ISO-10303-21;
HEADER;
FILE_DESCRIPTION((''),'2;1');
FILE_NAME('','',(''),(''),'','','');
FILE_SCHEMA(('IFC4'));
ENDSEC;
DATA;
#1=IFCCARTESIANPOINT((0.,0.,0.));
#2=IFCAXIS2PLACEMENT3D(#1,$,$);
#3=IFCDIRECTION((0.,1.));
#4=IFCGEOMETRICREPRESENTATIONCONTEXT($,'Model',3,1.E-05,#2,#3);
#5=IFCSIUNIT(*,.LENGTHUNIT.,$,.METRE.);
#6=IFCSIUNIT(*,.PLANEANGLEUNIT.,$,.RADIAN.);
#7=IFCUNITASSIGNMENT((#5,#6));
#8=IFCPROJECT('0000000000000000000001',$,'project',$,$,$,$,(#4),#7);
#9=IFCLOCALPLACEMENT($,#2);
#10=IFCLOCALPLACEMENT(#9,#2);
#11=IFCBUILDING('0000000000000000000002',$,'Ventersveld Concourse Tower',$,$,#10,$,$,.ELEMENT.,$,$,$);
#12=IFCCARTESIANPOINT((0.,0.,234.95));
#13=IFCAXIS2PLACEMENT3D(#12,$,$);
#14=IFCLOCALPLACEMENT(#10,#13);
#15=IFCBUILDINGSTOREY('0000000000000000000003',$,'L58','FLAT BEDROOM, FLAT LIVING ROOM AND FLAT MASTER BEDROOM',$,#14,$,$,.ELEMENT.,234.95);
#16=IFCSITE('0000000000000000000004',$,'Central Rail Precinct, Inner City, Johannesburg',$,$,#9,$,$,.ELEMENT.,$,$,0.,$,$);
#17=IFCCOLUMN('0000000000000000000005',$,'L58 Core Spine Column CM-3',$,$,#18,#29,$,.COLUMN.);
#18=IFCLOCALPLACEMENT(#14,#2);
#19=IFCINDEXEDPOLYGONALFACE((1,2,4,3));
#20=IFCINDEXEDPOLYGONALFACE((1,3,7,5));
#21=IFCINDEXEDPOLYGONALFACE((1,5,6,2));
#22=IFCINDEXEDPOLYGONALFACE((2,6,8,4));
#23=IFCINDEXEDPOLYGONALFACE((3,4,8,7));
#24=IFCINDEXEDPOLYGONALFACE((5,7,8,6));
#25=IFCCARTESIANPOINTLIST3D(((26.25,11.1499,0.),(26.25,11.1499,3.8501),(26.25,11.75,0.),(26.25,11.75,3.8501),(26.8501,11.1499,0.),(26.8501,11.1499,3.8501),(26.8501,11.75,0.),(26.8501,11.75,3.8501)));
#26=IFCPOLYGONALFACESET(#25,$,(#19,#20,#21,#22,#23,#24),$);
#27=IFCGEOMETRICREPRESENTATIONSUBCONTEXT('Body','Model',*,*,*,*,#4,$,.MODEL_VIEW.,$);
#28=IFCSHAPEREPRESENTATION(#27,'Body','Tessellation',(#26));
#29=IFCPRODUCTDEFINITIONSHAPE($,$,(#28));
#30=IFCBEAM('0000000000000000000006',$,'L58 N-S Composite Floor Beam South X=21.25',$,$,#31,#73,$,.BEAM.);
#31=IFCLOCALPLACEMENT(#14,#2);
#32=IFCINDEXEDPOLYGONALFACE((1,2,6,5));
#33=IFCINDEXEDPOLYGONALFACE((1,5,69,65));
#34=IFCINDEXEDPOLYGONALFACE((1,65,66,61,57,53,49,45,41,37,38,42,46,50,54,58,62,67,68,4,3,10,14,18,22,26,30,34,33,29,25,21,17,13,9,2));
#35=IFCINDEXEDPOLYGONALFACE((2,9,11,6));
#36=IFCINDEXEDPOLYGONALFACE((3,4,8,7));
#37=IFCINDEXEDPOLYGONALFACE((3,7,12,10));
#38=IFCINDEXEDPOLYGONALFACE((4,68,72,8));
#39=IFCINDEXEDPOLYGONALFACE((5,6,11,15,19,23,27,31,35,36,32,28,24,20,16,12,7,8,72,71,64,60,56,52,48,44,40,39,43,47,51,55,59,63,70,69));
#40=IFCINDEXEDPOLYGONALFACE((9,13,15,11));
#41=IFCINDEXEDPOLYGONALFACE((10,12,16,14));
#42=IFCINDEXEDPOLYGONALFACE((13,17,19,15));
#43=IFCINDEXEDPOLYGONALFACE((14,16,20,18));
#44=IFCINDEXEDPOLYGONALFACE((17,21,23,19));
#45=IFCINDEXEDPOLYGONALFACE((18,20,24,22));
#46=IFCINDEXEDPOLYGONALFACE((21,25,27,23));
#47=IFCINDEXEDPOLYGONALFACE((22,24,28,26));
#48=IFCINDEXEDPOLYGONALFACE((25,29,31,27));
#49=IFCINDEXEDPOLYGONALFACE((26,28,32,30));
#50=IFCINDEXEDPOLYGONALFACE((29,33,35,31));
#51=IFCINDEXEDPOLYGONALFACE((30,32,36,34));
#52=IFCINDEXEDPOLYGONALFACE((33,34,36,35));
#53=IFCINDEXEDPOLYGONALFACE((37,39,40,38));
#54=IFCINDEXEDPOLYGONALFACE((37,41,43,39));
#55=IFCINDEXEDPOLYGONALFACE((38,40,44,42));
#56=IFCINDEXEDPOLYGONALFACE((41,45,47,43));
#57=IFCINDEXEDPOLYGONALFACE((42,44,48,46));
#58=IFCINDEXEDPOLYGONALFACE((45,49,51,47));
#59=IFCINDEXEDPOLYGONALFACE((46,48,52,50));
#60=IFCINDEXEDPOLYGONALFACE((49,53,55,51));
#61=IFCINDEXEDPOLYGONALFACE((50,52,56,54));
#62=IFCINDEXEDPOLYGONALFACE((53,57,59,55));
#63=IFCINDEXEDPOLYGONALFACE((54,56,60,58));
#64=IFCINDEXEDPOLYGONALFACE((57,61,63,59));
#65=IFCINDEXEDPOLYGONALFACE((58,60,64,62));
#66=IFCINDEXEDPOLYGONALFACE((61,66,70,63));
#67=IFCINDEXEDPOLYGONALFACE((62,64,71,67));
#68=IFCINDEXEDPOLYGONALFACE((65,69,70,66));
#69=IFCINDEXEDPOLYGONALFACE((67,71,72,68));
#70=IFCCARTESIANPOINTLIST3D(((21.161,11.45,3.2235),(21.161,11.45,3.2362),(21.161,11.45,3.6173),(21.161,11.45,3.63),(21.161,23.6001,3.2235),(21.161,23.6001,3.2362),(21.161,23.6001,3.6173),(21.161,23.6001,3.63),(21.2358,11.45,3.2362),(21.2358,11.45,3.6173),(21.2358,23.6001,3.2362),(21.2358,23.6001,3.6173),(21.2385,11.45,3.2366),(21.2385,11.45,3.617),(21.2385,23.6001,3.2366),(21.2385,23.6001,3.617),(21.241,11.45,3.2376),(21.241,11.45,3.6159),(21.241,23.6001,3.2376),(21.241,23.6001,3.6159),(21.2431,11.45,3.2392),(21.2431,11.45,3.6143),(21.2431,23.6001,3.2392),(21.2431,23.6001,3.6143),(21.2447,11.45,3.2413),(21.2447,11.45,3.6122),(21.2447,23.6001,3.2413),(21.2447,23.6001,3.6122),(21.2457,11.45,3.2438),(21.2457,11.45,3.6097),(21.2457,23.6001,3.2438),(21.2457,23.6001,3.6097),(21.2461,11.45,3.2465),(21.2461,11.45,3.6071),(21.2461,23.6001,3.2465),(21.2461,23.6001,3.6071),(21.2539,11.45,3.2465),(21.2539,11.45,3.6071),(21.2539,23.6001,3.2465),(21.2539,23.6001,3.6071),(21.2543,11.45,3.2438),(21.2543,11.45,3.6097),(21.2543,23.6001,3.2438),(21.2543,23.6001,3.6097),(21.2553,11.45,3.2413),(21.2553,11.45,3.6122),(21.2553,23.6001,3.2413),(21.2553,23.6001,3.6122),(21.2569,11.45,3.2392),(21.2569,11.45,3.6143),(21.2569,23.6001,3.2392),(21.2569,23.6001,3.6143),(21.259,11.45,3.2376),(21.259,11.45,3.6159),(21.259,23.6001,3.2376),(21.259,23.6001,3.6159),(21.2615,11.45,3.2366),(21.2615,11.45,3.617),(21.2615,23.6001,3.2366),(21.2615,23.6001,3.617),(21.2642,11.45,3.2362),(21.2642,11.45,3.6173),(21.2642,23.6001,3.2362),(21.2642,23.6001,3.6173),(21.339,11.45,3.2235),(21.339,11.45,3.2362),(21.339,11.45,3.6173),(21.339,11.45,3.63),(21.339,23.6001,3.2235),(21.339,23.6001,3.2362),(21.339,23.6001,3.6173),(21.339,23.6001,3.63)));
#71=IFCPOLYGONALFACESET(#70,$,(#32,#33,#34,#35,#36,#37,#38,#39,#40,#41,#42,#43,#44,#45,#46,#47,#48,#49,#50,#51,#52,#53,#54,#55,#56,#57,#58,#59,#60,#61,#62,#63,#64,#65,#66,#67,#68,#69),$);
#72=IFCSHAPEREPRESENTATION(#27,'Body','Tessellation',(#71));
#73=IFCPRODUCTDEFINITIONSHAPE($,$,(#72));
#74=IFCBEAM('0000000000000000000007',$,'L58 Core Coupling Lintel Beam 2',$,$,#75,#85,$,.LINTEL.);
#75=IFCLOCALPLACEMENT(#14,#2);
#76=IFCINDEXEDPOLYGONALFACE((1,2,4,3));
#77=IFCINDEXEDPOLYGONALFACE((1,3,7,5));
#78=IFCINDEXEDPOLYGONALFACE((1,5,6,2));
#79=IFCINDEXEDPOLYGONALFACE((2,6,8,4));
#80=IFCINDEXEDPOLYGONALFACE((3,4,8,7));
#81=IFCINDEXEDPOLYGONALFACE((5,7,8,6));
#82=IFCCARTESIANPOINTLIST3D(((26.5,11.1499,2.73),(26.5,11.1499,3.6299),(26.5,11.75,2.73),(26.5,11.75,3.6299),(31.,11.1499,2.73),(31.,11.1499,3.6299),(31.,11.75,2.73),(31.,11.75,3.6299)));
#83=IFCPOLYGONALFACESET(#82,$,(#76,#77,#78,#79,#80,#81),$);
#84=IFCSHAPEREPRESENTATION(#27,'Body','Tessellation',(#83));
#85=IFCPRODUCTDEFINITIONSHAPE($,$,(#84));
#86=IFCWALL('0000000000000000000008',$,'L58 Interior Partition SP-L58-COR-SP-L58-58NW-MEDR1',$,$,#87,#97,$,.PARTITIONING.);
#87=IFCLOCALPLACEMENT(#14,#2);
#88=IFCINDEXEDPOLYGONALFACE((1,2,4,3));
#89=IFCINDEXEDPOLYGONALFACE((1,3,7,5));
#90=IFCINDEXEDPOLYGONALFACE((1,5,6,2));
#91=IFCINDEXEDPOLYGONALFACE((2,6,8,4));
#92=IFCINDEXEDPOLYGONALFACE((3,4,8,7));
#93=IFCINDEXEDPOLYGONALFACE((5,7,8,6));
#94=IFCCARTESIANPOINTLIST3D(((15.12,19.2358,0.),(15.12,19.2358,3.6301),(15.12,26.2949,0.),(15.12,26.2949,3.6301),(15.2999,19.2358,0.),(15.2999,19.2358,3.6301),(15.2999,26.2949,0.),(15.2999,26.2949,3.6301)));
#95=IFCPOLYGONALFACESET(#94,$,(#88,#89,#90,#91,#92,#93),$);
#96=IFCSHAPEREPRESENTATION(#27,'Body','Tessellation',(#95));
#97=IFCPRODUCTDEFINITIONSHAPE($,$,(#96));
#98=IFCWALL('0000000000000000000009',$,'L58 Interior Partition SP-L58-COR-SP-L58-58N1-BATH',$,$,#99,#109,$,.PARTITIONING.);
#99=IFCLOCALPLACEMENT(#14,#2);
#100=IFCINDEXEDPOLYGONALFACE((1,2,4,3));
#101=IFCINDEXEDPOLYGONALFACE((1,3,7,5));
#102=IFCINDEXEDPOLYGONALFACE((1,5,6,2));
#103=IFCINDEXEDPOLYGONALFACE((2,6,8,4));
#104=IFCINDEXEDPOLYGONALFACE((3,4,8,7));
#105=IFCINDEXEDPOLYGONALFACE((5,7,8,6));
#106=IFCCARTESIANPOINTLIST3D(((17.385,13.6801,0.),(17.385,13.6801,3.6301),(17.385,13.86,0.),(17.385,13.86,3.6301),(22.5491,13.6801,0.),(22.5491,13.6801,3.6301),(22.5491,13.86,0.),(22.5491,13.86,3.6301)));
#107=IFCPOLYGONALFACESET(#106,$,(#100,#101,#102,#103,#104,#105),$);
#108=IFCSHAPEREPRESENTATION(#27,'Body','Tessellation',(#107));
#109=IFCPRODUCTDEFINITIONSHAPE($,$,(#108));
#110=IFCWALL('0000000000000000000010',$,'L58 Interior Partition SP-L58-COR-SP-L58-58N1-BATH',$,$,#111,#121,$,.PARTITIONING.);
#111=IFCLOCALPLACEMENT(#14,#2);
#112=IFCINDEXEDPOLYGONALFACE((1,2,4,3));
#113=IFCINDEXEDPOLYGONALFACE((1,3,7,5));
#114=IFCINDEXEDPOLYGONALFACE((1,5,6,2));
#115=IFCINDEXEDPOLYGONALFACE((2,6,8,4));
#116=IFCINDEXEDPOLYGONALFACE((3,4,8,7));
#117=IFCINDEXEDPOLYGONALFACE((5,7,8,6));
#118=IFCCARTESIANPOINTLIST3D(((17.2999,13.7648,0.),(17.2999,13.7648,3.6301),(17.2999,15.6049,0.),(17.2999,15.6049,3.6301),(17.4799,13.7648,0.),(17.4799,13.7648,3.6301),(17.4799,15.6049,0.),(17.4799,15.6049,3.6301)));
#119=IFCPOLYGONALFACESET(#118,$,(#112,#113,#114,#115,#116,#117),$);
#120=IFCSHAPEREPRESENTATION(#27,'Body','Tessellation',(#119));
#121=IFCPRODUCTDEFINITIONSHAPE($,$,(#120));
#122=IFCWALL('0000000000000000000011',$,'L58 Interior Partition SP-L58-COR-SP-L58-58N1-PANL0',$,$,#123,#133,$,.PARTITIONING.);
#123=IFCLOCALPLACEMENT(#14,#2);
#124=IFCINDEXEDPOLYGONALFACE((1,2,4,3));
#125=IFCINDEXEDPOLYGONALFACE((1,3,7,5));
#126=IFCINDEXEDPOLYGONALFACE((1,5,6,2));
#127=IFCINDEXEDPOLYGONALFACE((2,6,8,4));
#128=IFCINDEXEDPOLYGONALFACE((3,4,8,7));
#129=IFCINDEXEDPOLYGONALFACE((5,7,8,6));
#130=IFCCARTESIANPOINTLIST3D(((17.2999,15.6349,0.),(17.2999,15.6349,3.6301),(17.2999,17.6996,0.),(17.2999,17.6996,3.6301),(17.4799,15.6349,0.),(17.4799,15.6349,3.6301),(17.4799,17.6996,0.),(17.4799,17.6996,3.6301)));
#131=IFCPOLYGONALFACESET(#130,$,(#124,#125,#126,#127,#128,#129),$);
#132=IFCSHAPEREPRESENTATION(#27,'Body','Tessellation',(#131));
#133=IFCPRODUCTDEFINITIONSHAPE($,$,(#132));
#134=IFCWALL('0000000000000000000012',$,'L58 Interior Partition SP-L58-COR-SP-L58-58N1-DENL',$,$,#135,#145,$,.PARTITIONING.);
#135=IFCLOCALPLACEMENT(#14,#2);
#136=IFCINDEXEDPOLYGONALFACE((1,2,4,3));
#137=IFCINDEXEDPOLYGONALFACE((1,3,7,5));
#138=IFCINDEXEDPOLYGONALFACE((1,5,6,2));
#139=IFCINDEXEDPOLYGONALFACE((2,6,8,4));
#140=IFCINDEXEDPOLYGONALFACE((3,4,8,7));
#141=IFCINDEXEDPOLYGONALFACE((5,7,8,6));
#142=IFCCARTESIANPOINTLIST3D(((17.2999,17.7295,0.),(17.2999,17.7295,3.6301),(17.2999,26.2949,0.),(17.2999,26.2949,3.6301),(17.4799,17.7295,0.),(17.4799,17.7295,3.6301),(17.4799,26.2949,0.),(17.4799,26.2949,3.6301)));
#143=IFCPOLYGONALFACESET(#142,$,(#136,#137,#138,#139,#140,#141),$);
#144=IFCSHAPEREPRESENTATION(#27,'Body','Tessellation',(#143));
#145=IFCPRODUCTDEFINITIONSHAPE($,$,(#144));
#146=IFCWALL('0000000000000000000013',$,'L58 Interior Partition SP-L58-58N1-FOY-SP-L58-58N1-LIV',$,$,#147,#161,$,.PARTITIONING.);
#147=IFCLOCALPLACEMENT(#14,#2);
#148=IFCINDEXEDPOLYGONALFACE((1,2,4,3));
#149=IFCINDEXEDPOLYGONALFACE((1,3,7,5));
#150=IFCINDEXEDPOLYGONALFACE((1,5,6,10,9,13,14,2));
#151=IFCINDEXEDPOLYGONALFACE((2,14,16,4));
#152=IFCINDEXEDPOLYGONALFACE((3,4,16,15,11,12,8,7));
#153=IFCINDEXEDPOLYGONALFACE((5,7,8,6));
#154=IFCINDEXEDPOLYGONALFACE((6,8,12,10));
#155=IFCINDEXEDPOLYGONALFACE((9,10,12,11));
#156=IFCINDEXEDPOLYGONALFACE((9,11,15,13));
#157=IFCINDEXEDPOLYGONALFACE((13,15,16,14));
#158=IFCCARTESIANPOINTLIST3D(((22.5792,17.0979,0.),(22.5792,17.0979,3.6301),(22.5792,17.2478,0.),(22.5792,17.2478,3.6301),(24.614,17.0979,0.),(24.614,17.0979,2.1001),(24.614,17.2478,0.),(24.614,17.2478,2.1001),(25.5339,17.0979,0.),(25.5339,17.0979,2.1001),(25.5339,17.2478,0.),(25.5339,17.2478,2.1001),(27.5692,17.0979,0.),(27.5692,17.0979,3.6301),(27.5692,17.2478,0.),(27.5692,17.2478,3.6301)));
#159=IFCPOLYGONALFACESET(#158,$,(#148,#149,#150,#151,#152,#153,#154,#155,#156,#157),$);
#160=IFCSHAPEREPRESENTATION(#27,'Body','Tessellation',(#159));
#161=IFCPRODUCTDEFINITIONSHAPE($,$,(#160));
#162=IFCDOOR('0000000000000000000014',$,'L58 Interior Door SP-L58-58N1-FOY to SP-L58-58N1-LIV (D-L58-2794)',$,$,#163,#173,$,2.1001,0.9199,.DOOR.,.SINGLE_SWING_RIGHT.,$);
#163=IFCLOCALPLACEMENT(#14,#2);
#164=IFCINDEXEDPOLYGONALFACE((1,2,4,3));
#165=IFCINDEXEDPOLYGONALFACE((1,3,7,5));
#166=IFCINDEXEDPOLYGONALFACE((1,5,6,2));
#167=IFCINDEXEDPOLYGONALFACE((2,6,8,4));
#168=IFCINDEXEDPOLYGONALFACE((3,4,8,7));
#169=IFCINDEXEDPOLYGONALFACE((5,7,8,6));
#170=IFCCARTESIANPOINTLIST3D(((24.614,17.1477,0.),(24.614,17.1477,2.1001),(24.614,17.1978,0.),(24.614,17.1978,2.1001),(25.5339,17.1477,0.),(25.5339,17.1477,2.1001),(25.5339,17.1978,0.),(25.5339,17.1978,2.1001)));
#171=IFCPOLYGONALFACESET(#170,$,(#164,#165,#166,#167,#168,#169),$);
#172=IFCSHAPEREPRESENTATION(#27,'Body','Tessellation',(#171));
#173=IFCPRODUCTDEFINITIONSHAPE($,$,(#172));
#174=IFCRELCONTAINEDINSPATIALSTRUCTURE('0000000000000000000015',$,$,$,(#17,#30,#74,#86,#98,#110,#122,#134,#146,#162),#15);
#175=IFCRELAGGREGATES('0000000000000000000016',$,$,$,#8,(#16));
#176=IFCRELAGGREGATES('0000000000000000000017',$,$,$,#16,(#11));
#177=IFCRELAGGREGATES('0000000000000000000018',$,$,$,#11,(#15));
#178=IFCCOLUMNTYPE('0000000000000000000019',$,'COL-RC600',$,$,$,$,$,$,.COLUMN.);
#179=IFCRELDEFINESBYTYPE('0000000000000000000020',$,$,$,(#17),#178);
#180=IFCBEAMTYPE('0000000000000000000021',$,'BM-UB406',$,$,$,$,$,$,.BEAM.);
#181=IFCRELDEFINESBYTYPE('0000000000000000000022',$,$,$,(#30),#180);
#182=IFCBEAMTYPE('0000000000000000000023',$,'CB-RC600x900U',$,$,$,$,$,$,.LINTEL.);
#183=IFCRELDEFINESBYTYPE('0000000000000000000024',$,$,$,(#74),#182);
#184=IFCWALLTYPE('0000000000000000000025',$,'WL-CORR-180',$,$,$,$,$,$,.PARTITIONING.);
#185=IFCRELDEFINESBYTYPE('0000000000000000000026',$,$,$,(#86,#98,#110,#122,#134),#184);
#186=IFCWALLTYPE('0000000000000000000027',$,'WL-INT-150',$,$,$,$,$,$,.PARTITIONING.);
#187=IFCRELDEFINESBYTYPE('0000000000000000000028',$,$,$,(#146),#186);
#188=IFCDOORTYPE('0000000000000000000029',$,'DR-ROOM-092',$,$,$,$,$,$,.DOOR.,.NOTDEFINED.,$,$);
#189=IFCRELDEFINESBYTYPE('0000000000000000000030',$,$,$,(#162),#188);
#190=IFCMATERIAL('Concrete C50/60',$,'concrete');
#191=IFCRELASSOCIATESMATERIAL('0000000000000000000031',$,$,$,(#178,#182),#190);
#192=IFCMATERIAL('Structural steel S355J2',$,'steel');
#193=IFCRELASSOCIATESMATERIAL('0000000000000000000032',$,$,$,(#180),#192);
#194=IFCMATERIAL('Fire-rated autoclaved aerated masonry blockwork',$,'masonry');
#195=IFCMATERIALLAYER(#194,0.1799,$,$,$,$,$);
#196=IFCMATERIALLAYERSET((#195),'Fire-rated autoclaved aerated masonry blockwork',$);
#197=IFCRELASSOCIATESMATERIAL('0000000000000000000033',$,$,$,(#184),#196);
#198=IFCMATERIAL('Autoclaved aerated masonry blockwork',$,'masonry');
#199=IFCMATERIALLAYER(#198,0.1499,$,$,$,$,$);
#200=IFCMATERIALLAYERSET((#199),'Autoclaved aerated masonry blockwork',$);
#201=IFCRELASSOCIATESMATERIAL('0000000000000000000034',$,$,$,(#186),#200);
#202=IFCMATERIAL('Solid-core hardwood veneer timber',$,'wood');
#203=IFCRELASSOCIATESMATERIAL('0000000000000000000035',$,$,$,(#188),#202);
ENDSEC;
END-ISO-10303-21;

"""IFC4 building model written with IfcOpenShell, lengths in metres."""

from ifc_helpers import new_model, si_unit, direction, frame, frame_2d, origin, origin_2d, place, context, subcontext, project, spatial, rectangle, i_section, extrude, material, layer, layer_set, material_profile, profile_set, type_object, element, fill, save


model = new_model("IFC4")

# Units and contexts
model_context = context("Model", 3, precision=1e-05, world=origin(), true_north=direction((0.0, 1.0)))
body_context = subcontext(model_context, "Body", "Model", "MODEL_VIEW")
ifc_project = project(units=[si_unit("LENGTHUNIT", "METRE"), si_unit("PLANEANGLEUNIT", "RADIAN")], contexts=[model_context])

# Site, building, storey
site_placement = place(None, origin())
site = spatial("IfcSite", under=ifc_project, at=site_placement, Name="Central Rail Precinct, Inner City, Johannesburg", CompositionType="ELEMENT", RefElevation=0.0)
building_placement = place(site_placement, origin())
building = spatial("IfcBuilding", under=site, at=building_placement, Name="Ventersveld Concourse Tower", CompositionType="ELEMENT")
storey_placement = place(building_placement, frame((0.0, 0.0, 234.95)))
storey = spatial("IfcBuildingStorey", under=building, at=storey_placement, Name="L58", Description="FLAT BEDROOM, FLAT LIVING ROOM AND FLAT MASTER BEDROOM", CompositionType="ELEMENT", Elevation=234.95)

# Column
ifc_material_1 = material(Name="Concrete C50/60", Category="concrete")
ifc_material_profile_1 = material_profile(ifc_material_1, rectangle(XDim=0.6001, YDim=0.6001, at=origin_2d()), Name="RC 600x600")
ifc_profile_set_1 = profile_set([ifc_material_profile_1], Name="Concrete C50/60")
column_type = type_object("IfcColumnType", Name="COL-RC600", PredefinedType="COLUMN", material=ifc_profile_set_1)
column_placement = place(storey_placement, frame((26.55, 11.45, 0.0), z_axis=(0.0, 0.0, 1.0), x_axis=(1.0, 0.0, 0.0)))
element("IfcColumn", 1, at=column_placement, inside=storey, type_object=column_type, Name="L58 Core Spine Column CM-3", PredefinedType="COLUMN", context=body_context, shape_type="SweptSolid", body=[
    extrude(rectangle(XDim=0.6001, YDim=0.6001, at=origin_2d()), origin(), (0.0, 0.0, 1.0), 3.8501),
])

# Beams
ifc_material_2 = material(Name="Structural steel S355J2", Category="steel")
ifc_material_profile_2 = material_profile(ifc_material_2, i_section(OverallWidth=0.178, OverallDepth=0.4065, WebThickness=0.0078, FlangeThickness=0.0127, FilletRadius=0.0103, at=origin_2d()), Name="UB 406x178x60")
ifc_profile_set_2 = profile_set([ifc_material_profile_2], Name="Structural steel S355J2")
beam_type_1 = type_object("IfcBeamType", Name="BM-UB406", PredefinedType="BEAM", material=ifc_profile_set_2)
beam_1_placement = place(storey_placement, frame((21.25, 11.45, 3.4268), z_axis=(0.0, 1.0, 0.0), x_axis=(-1.0, 0.0, 0.0)))
element("IfcBeam", 2, at=beam_1_placement, inside=storey, type_object=beam_type_1, Name="L58 N-S Composite Floor Beam South X=21.25", PredefinedType="BEAM", context=body_context, shape_type="SweptSolid", body=[
    extrude(i_section(OverallWidth=0.178, OverallDepth=0.4065, WebThickness=0.0078, FlangeThickness=0.0127, FilletRadius=0.0103, at=origin_2d()), origin(), (0.0, 0.0, 1.0), 12.1501),
])
ifc_material_profile_3 = material_profile(ifc_material_1, rectangle(XDim=0.6001, YDim=0.8999, at=origin_2d()), Name="RC 600x900")
ifc_profile_set_3 = profile_set([ifc_material_profile_3], Name="Concrete C50/60")
beam_type_2 = type_object("IfcBeamType", Name="CB-RC600x900U", PredefinedType="LINTEL", material=ifc_profile_set_3)
beam_2_placement = place(storey_placement, frame((26.5, 11.45, 3.1799), z_axis=(1.0, 0.0, 0.0), x_axis=(0.0, 1.0, 0.0)))
element("IfcBeam", 3, at=beam_2_placement, inside=storey, type_object=beam_type_2, Name="L58 Core Coupling Lintel Beam 2", PredefinedType="LINTEL", context=body_context, shape_type="SweptSolid", body=[
    extrude(rectangle(XDim=0.6001, YDim=0.8999, at=origin_2d()), origin(), (0.0, 0.0, 1.0), 4.5),
])

# Wall
ifc_material_3 = material(Name="Fire-rated autoclaved aerated masonry blockwork", Category="masonry")
ifc_layer_1 = layer(ifc_material_3, 0.1799)
ifc_layer_set_1 = layer_set([ifc_layer_1], Name="Fire-rated autoclaved aerated masonry blockwork")
wall_type_1 = type_object("IfcWallType", Name="WL-CORR-180", PredefinedType="PARTITIONING", material=ifc_layer_set_1)
wall_1_placement = place(storey_placement, frame((15.21, 19.2358, 0.0), z_axis=(0.0, 0.0, 1.0), x_axis=(0.0, 1.0, 0.0)))
element("IfcWall", 4, at=wall_1_placement, inside=storey, type_object=wall_type_1, Name="L58 Interior Partition SP-L58-COR-SP-L58-58NW-MEDR1", PredefinedType="PARTITIONING", context=body_context, shape_type="SweptSolid", body=[
    extrude(rectangle(XDim=7.0591, YDim=0.1799, at=frame_2d((3.5295, 0.0))), origin(), (0.0, 0.0, 1.0), 3.6301),
])

# Shared definitions
ifc_material_4 = material(Name="Solid-core hardwood veneer timber", Category="wood")

# Walls
wall_2_placement = place(storey_placement, frame((17.385, 13.77, 0.0), z_axis=(0.0, 0.0, 1.0), x_axis=(1.0, 0.0, 0.0)))
element("IfcWall", 5, at=wall_2_placement, inside=storey, type_object=wall_type_1, Name="L58 Interior Partition SP-L58-COR-SP-L58-58N1-BATH", PredefinedType="PARTITIONING", context=body_context, shape_type="SweptSolid", body=[
    extrude(rectangle(XDim=5.1641, YDim=0.1799, at=frame_2d((2.582, 0.0))), origin(), (0.0, 0.0, 1.0), 3.6301),
])
wall_3_placement = place(storey_placement, frame((17.3899, 13.7649, 0.0), z_axis=(0.0, 0.0, 1.0), x_axis=(0.0, 1.0, 0.0)))
element("IfcWall", 6, at=wall_3_placement, inside=storey, type_object=wall_type_1, Name="L58 Interior Partition SP-L58-COR-SP-L58-58N1-BATH", PredefinedType="PARTITIONING", context=body_context, shape_type="SweptSolid", body=[
    extrude(rectangle(XDim=1.8401, YDim=0.1799, at=frame_2d((0.9199, 0.0))), origin(), (0.0, 0.0, 1.0), 3.6301),
])
wall_4_placement = place(storey_placement, frame((17.3899, 15.635, 0.0), z_axis=(0.0, 0.0, 1.0), x_axis=(0.0, 1.0, 0.0)))
element("IfcWall", 7, at=wall_4_placement, inside=storey, type_object=wall_type_1, Name="L58 Interior Partition SP-L58-COR-SP-L58-58N1-PANL0", PredefinedType="PARTITIONING", context=body_context, shape_type="SweptSolid", body=[
    extrude(rectangle(XDim=2.0647, YDim=0.1799, at=frame_2d((1.0322, 0.0))), origin(), (0.0, 0.0, 1.0), 3.6301),
])
wall_5_placement = place(storey_placement, frame((17.3899, 17.7295, 0.0), z_axis=(0.0, 0.0, 1.0), x_axis=(0.0, 1.0, 0.0)))
element("IfcWall", 8, at=wall_5_placement, inside=storey, type_object=wall_type_1, Name="L58 Interior Partition SP-L58-COR-SP-L58-58N1-DENL", PredefinedType="PARTITIONING", context=body_context, shape_type="SweptSolid", body=[
    extrude(rectangle(XDim=8.5654, YDim=0.1799, at=frame_2d((4.2827, 0.0))), origin(), (0.0, 0.0, 1.0), 3.6301),
])

# Wall, opening, door
ifc_material_5 = material(Name="Autoclaved aerated masonry blockwork", Category="masonry")
ifc_layer_2 = layer(ifc_material_5, 0.1499)
ifc_layer_set_2 = layer_set([ifc_layer_2], Name="Autoclaved aerated masonry blockwork")
wall_type_2 = type_object("IfcWallType", Name="WL-INT-150", PredefinedType="PARTITIONING", material=ifc_layer_set_2)
wall_6_placement = place(storey_placement, frame((22.5791, 17.1729, 0.0), z_axis=(0.0, 0.0, 1.0), x_axis=(1.0, 0.0, 0.0)))
wall_6 = element("IfcWall", 9, at=wall_6_placement, inside=storey, type_object=wall_type_2, Name="L58 Interior Partition SP-L58-58N1-FOY-SP-L58-58N1-LIV", PredefinedType="PARTITIONING", context=body_context, shape_type="SweptSolid", body=[
    extrude(rectangle(XDim=4.99, YDim=0.1499, at=frame_2d((2.4951, 0.0))), origin(), (0.0, 0.0, 1.0), 3.6301),
])
opening_1_placement = place(wall_6_placement, frame((2.0349, 0.0, 0.0)))
opening_1 = element("IfcOpeningElement", 10, at=opening_1_placement, cuts=wall_6, PredefinedType="OPENING", context=body_context, shape_type="SweptSolid", body=[
    extrude(rectangle(XDim=0.9199, YDim=2.1001, at=frame_2d((0.46, 1.05))), frame((0.0, 0.085, 0.0), z_axis=(0.0, -1.0, 0.0), x_axis=(1.0, 0.0, 0.0)), (0.0, 0.0, 1.0), 0.1699),
])
door_type_1 = type_object("IfcDoorType", Name="DR-ROOM-092", OperationType="NOTDEFINED", PredefinedType="DOOR", material=ifc_material_4)
door_1_placement = place(opening_1_placement, origin())
door_1 = element("IfcDoor", 11, at=door_1_placement, inside=storey, type_object=door_type_1, Name="L58 Interior Door SP-L58-58N1-FOY to SP-L58-58N1-LIV (D-L58-2794)", OperationType="SINGLE_SWING_RIGHT", OverallHeight=2.1001, OverallWidth=0.9199, PredefinedType="DOOR", context=body_context, shape_type="SweptSolid", body=[
    extrude(rectangle(XDim=0.9199, YDim=2.1001, at=frame_2d((0.46, 1.05))), frame((0.0, 0.0249, 0.0), z_axis=(0.0, -1.0, 0.0), x_axis=(1.0, 0.0, 0.0)), (0.0, 0.0, 1.0), 0.05),
])
fill(opening_1, door_1)

save(model, "model.ifc")
